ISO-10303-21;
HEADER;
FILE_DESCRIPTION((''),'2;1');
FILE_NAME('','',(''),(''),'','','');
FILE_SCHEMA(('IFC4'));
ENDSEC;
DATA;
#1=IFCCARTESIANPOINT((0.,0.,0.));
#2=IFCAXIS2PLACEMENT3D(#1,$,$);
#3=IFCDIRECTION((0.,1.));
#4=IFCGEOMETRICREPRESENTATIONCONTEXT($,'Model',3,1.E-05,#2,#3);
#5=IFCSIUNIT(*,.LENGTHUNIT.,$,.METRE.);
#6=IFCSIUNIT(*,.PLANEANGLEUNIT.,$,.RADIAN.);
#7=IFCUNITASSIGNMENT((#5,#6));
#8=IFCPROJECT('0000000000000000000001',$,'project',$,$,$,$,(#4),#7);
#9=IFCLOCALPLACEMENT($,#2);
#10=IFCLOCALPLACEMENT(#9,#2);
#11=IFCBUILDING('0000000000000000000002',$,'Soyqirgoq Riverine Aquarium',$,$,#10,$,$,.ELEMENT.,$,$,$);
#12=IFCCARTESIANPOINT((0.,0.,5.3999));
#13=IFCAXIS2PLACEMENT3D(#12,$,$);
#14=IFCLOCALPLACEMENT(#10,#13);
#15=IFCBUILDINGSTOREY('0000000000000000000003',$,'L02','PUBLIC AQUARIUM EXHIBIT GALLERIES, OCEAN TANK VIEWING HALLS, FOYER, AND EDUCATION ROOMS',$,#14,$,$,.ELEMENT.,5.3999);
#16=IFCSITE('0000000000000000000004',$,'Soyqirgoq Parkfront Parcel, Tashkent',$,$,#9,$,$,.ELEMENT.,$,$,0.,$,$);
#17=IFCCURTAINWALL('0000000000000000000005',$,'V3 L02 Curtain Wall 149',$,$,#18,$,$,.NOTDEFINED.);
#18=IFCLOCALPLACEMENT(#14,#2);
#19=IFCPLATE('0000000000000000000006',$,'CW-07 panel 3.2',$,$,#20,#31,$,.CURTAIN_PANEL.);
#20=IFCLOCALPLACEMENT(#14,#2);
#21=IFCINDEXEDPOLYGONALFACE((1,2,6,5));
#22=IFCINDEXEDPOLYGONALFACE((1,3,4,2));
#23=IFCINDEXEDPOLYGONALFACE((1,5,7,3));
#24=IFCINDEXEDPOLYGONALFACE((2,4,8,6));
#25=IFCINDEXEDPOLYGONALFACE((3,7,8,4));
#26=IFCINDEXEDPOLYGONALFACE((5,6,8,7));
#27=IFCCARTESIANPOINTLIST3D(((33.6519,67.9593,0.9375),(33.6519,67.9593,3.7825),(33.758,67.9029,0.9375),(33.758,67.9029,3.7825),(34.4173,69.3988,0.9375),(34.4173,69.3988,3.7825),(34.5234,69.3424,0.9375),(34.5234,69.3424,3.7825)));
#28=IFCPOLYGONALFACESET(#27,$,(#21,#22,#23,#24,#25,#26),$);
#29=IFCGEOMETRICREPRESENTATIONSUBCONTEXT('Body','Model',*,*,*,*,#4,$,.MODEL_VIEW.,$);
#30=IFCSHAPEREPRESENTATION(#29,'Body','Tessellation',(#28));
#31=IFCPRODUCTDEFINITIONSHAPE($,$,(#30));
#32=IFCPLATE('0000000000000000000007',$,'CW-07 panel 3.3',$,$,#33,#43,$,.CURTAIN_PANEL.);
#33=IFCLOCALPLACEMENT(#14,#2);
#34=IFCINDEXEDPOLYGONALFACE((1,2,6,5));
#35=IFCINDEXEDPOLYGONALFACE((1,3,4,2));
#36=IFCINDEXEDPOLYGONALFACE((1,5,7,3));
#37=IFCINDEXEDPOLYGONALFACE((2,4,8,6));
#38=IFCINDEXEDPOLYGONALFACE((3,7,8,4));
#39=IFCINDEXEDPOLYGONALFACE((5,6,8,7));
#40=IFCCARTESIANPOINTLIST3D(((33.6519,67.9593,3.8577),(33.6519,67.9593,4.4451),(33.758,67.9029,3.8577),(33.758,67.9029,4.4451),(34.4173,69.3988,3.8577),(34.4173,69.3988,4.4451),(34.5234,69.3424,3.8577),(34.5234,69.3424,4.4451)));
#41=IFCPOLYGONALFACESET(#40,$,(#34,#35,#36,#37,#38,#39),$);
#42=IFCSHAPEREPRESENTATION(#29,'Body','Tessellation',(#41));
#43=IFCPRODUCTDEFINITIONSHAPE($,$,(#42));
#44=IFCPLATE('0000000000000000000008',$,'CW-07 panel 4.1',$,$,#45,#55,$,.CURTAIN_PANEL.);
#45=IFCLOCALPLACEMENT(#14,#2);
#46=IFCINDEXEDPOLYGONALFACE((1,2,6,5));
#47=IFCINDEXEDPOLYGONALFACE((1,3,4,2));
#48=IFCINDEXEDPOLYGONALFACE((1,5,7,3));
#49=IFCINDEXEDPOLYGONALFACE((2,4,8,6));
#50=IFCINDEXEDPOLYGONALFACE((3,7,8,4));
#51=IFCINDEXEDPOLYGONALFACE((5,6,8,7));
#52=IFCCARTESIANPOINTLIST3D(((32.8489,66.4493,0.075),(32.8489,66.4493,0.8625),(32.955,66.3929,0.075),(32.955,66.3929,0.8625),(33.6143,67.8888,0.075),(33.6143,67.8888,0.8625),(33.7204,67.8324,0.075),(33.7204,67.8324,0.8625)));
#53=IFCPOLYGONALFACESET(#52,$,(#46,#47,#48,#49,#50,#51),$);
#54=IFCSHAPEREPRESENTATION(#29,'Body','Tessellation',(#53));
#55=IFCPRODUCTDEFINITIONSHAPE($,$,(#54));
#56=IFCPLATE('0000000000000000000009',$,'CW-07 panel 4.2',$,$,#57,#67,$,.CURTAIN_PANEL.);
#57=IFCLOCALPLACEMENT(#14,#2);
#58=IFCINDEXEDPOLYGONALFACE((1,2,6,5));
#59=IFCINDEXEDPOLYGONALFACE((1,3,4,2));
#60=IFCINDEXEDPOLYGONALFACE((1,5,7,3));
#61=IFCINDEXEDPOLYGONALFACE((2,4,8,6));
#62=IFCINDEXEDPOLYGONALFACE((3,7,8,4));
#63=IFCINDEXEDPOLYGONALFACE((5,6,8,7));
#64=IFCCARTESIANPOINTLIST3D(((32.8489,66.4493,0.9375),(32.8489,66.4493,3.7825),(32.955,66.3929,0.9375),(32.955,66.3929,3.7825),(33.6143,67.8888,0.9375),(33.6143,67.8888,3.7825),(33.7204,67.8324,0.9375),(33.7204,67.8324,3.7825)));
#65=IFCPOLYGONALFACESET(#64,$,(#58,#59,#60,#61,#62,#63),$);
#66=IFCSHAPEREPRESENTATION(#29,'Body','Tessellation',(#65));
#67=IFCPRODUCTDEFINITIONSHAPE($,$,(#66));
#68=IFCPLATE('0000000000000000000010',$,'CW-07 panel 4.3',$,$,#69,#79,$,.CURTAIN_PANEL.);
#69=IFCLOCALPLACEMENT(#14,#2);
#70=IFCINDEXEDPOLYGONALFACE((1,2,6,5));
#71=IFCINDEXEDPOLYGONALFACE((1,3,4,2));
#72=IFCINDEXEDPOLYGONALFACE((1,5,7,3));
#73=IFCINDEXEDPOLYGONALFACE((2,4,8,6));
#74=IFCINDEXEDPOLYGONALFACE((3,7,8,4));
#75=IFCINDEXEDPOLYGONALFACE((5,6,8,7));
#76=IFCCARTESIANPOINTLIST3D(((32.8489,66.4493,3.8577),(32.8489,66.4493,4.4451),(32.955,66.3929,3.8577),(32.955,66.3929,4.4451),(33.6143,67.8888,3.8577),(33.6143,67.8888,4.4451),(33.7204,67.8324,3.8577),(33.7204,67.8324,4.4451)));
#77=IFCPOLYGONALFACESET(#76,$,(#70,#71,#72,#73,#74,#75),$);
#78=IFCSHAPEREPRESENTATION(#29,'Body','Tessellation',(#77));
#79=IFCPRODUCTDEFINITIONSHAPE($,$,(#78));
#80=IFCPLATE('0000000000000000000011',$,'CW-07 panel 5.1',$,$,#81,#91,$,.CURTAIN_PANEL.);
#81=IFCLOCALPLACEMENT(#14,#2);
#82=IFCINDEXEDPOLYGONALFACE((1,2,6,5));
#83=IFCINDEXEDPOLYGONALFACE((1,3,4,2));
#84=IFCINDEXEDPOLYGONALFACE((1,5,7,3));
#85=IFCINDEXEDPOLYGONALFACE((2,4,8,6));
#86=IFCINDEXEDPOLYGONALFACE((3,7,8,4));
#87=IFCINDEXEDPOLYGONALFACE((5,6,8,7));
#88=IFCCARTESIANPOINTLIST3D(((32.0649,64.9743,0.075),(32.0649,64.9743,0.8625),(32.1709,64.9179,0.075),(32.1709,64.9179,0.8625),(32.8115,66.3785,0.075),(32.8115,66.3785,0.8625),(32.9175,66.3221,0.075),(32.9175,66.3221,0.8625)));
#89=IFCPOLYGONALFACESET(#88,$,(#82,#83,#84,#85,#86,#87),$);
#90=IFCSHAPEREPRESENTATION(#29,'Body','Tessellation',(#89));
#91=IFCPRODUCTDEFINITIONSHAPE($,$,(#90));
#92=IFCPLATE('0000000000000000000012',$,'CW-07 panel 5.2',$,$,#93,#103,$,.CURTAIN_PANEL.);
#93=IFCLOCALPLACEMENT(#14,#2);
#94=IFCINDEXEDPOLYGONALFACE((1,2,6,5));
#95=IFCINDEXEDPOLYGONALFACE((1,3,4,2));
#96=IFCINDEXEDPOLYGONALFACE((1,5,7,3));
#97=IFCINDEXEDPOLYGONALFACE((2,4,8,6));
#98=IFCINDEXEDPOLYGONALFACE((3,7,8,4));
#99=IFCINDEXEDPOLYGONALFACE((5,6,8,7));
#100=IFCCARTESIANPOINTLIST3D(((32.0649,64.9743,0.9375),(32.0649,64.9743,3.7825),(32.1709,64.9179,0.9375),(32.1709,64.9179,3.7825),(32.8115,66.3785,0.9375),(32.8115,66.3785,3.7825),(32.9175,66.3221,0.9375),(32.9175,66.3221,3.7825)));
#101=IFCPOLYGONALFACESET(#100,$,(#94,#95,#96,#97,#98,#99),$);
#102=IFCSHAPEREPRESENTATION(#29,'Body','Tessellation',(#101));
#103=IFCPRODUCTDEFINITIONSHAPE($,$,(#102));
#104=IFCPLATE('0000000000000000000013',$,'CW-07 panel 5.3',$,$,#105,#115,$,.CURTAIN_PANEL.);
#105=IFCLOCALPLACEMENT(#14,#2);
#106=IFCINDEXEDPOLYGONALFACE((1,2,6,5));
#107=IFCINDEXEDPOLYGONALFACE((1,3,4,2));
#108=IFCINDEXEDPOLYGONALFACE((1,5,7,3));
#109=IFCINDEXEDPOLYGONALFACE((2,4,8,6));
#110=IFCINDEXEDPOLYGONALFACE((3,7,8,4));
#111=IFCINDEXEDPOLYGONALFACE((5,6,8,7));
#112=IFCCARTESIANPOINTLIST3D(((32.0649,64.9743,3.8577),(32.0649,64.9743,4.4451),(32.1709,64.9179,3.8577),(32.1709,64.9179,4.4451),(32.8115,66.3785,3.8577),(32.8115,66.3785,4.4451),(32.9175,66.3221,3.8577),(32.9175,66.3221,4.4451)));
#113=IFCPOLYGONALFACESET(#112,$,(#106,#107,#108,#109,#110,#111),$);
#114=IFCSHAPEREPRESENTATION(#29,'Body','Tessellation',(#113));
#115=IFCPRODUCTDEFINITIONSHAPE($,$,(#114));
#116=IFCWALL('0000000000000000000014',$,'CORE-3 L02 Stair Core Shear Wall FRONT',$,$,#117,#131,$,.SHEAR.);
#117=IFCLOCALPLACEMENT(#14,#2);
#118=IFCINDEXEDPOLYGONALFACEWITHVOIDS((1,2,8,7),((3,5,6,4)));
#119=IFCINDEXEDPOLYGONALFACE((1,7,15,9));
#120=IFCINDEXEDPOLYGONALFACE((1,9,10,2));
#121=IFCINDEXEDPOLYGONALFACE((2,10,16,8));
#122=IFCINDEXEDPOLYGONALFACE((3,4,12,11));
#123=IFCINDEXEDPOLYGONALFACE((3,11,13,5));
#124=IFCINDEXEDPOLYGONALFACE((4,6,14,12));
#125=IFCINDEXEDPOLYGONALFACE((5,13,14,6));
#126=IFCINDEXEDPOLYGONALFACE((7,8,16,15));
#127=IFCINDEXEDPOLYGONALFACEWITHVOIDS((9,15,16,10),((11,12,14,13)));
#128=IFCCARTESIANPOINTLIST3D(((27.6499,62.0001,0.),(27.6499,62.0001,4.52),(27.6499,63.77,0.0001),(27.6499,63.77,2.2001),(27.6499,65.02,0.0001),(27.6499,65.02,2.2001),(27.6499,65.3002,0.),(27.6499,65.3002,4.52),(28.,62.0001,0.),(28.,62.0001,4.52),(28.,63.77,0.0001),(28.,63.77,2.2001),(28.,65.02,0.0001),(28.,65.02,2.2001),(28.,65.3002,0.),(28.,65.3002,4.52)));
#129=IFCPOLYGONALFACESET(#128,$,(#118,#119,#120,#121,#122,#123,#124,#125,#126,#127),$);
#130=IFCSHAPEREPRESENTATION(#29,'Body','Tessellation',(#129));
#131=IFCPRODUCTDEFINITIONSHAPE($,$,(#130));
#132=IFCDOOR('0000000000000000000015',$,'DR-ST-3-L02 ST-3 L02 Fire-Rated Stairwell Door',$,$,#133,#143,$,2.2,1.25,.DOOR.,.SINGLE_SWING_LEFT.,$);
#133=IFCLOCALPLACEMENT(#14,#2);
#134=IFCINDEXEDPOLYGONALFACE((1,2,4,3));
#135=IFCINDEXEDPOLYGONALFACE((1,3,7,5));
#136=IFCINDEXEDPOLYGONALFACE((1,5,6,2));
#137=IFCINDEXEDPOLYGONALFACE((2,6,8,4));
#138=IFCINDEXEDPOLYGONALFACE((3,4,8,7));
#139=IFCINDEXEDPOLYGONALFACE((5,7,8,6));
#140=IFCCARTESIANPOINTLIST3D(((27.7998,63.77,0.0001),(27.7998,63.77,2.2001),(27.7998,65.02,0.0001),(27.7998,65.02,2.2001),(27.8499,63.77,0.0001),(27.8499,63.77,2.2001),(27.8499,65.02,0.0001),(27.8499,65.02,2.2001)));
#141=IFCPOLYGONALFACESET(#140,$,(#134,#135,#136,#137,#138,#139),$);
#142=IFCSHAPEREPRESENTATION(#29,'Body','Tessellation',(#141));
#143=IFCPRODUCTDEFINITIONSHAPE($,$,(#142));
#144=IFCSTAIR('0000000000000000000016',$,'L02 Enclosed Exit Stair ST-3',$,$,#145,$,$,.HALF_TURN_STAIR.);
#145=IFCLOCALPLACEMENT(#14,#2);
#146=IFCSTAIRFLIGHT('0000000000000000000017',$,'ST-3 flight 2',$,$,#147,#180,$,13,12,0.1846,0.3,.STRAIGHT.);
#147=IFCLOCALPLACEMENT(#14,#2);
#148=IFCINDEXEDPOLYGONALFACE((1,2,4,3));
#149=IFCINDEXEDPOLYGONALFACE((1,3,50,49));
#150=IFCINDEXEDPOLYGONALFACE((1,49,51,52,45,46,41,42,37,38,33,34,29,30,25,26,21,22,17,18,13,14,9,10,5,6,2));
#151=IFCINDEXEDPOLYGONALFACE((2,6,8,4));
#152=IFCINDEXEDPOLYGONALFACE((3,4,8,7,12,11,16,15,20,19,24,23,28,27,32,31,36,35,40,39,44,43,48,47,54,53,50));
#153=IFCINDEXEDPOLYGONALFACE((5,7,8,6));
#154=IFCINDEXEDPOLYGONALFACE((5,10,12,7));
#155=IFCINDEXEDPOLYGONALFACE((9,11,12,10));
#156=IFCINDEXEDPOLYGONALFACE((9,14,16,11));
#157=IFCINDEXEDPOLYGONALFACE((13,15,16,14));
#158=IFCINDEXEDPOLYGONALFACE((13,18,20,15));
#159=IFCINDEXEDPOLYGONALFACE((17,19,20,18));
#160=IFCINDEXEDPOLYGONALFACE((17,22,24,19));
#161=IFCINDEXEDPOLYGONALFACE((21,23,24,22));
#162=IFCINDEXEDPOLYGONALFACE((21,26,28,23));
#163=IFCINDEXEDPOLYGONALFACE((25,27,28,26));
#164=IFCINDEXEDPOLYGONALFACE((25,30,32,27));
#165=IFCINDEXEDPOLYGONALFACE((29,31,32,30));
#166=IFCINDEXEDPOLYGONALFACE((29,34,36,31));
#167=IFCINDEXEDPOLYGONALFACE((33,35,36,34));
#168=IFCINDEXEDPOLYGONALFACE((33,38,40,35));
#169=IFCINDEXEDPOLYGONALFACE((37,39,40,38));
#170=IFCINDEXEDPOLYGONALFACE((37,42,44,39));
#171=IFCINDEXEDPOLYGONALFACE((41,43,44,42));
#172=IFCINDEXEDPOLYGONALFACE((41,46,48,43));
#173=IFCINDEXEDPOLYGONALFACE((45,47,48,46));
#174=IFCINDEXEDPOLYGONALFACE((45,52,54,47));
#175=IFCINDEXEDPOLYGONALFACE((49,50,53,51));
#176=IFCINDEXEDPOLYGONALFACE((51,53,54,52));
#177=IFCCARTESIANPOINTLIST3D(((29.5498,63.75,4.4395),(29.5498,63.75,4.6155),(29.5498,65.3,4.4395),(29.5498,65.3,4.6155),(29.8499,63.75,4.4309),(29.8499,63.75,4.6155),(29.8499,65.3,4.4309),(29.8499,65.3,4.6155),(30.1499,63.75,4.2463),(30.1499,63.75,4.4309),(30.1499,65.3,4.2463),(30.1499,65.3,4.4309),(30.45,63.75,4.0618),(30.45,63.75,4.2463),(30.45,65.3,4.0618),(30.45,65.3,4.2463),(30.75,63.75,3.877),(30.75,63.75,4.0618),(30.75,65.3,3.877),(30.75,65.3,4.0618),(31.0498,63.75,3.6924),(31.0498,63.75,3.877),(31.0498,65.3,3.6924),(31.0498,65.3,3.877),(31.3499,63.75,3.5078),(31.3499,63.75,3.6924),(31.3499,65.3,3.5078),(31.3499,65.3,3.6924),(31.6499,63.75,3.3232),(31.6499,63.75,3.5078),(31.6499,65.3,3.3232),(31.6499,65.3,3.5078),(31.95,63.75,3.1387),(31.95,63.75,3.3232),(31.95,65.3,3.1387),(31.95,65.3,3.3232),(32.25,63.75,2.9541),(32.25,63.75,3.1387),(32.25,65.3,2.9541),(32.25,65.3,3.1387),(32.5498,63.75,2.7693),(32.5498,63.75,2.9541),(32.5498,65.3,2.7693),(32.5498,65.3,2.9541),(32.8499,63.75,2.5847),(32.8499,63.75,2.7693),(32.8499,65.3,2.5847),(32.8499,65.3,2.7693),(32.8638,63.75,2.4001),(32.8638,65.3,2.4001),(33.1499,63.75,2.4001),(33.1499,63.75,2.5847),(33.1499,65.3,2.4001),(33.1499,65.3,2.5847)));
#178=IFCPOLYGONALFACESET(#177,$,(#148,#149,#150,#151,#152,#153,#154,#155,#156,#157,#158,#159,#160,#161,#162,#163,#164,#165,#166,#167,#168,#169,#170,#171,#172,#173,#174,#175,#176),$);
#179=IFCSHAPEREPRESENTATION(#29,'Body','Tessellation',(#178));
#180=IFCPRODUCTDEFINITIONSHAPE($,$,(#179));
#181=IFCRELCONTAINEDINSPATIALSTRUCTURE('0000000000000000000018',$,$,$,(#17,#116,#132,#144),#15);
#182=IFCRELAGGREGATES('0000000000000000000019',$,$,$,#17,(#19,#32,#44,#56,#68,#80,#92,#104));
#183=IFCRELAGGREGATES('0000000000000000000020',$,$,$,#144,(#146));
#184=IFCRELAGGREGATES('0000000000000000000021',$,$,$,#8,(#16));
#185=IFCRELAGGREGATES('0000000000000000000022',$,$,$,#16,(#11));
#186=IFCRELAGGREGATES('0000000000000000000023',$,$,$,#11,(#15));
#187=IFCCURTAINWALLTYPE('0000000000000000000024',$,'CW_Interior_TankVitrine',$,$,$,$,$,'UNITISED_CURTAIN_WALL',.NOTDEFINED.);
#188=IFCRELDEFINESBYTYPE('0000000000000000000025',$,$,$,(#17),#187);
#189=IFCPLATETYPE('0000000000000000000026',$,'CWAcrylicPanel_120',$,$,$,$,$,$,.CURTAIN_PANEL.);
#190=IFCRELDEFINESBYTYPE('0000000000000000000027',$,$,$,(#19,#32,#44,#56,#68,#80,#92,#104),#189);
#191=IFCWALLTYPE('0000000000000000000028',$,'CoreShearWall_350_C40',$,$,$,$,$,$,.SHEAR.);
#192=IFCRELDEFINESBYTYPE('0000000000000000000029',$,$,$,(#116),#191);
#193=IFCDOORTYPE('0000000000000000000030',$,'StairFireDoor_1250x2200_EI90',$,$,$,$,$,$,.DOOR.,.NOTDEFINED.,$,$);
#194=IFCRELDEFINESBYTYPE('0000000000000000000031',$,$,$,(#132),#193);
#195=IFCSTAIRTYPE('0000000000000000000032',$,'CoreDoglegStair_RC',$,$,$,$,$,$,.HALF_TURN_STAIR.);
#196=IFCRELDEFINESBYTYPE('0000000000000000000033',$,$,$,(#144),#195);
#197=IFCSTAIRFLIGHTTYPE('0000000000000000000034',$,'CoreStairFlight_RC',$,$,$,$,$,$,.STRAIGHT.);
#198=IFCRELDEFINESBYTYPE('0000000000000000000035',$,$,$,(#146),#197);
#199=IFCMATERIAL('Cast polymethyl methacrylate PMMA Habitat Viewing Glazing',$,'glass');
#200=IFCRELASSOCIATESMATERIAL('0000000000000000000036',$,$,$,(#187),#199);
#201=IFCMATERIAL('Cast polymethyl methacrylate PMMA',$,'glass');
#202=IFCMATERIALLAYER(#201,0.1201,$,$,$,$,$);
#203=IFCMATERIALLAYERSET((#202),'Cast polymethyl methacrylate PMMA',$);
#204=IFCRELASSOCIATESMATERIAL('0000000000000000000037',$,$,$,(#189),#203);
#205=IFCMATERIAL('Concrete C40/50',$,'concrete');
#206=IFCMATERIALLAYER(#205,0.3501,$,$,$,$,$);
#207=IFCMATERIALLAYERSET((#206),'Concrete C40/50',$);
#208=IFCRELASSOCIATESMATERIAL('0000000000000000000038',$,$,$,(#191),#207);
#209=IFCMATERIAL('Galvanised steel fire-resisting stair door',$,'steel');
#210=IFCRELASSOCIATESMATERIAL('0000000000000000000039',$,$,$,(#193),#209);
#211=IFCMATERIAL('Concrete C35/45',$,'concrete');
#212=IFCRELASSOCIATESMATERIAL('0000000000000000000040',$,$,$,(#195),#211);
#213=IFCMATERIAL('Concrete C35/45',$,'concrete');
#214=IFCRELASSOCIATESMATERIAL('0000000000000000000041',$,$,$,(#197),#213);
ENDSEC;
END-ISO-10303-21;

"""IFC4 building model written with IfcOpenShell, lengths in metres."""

from ifc_helpers import new_model, si_unit, direction, frame, frame_2d, origin, origin_2d, place, context, subcontext, project, spatial, polyline, rectangle, outline, extrude, material, layer, layer_set, type_object, element, fill, aggregate, save


model = new_model("IFC4")

# Units and contexts
model_context = context("Model", 3, precision=1e-05, world=origin(), true_north=direction((0.0, 1.0)))
body_context = subcontext(model_context, "Body", "Model", "MODEL_VIEW")
ifc_project = project(units=[si_unit("LENGTHUNIT", "METRE"), si_unit("PLANEANGLEUNIT", "RADIAN")], contexts=[model_context])

# Site, building, storey
site_placement = place(None, origin())
site = spatial("IfcSite", under=ifc_project, at=site_placement, Name="Soyqirgoq Parkfront Parcel, Tashkent", CompositionType="ELEMENT", RefElevation=0.0)
building_placement = place(site_placement, origin())
building = spatial("IfcBuilding", under=site, at=building_placement, Name="Soyqirgoq Riverine Aquarium", CompositionType="ELEMENT")
storey_placement = place(building_placement, frame((0.0, 0.0, 5.3999)))
storey = spatial("IfcBuildingStorey", under=building, at=storey_placement, Name="L02", Description="PUBLIC AQUARIUM EXHIBIT GALLERIES, OCEAN TANK VIEWING HALLS, FOYER, AND EDUCATION ROOMS", CompositionType="ELEMENT", Elevation=5.3999)

# Curtain wall, plates
ifc_material_1 = material(Name="Cast polymethyl methacrylate PMMA Habitat Viewing Glazing", Category="glass")
curtain_wall_type = type_object("IfcCurtainWallType", Name="CW_Interior_TankVitrine", ElementType="UNITISED_CURTAIN_WALL", PredefinedType="NOTDEFINED", material=ifc_material_1)
curtain_wall_placement = place(storey_placement, origin())
curtain_wall = element("IfcCurtainWall", 1, at=curtain_wall_placement, inside=storey, type_object=curtain_wall_type, Name="V3 L02 Curtain Wall 149", PredefinedType="NOTDEFINED")
ifc_material_2 = material(Name="Cast polymethyl methacrylate PMMA", Category="glass")
ifc_layer_1 = layer(ifc_material_2, 0.1201)
ifc_layer_set_1 = layer_set([ifc_layer_1], Name="Cast polymethyl methacrylate PMMA")
plate_type = type_object("IfcPlateType", Name="CWAcrylicPanel_120", PredefinedType="CURTAIN_PANEL", material=ifc_layer_set_1)
plate_1_placement = place(storey_placement, frame((34.0876, 68.6509, 0.9375), z_axis=(0.0, 0.0, 1.0), x_axis=(-0.469473, -0.882947, 0.0)))
plate_1 = element("IfcPlate", 2, at=plate_1_placement, type_object=plate_type, Name="CW-07 panel 3.2", PredefinedType="CURTAIN_PANEL", context=body_context, shape_type="SweptSolid", body=[
    extrude(rectangle(XDim=1.6304, YDim=0.1201, at=origin_2d()), origin(), (0.0, 0.0, 1.0), 2.845),
])
plate_2_placement = place(storey_placement, frame((34.0876, 68.6509, 3.8577), z_axis=(0.0, 0.0, 1.0), x_axis=(-0.469473, -0.882947, 0.0)))
plate_2 = element("IfcPlate", 3, at=plate_2_placement, type_object=plate_type, Name="CW-07 panel 3.3", PredefinedType="CURTAIN_PANEL", context=body_context, shape_type="SweptSolid", body=[
    extrude(rectangle(XDim=1.6304, YDim=0.1201, at=origin_2d()), origin(), (0.0, 0.0, 1.0), 0.5874),
])
plate_3_placement = place(storey_placement, frame((33.2847, 67.1409, 0.075), z_axis=(0.0, 0.0, 1.0), x_axis=(-0.469473, -0.882947, 0.0)))
plate_3 = element("IfcPlate", 4, at=plate_3_placement, type_object=plate_type, Name="CW-07 panel 4.1", PredefinedType="CURTAIN_PANEL", context=body_context, shape_type="SweptSolid", body=[
    extrude(rectangle(XDim=1.6304, YDim=0.1201, at=origin_2d()), origin(), (0.0, 0.0, 1.0), 0.7876),
])
plate_4_placement = place(storey_placement, frame((33.2847, 67.1409, 0.9375), z_axis=(0.0, 0.0, 1.0), x_axis=(-0.469473, -0.882947, 0.0)))
plate_4 = element("IfcPlate", 5, at=plate_4_placement, type_object=plate_type, Name="CW-07 panel 4.2", PredefinedType="CURTAIN_PANEL", context=body_context, shape_type="SweptSolid", body=[
    extrude(rectangle(XDim=1.6304, YDim=0.1201, at=origin_2d()), origin(), (0.0, 0.0, 1.0), 2.845),
])
plate_5_placement = place(storey_placement, frame((33.2847, 67.1409, 3.8577), z_axis=(0.0, 0.0, 1.0), x_axis=(-0.469473, -0.882947, 0.0)))
plate_5 = element("IfcPlate", 6, at=plate_5_placement, type_object=plate_type, Name="CW-07 panel 4.3", PredefinedType="CURTAIN_PANEL", context=body_context, shape_type="SweptSolid", body=[
    extrude(rectangle(XDim=1.6304, YDim=0.1201, at=origin_2d()), origin(), (0.0, 0.0, 1.0), 0.5874),
])
plate_6_placement = place(storey_placement, frame((32.4912, 65.6482, 0.075), z_axis=(0.0, 0.0, 1.0), x_axis=(-0.469473, -0.882947, 0.0)))
plate_6 = element("IfcPlate", 7, at=plate_6_placement, type_object=plate_type, Name="CW-07 panel 5.1", PredefinedType="CURTAIN_PANEL", context=body_context, shape_type="SweptSolid", body=[
    extrude(rectangle(XDim=1.5903, YDim=0.1201, at=origin_2d()), origin(), (0.0, 0.0, 1.0), 0.7876),
])
plate_7_placement = place(storey_placement, frame((32.4912, 65.6482, 0.9375), z_axis=(0.0, 0.0, 1.0), x_axis=(-0.469473, -0.882947, 0.0)))
plate_7 = element("IfcPlate", 8, at=plate_7_placement, type_object=plate_type, Name="CW-07 panel 5.2", PredefinedType="CURTAIN_PANEL", context=body_context, shape_type="SweptSolid", body=[
    extrude(rectangle(XDim=1.5903, YDim=0.1201, at=origin_2d()), origin(), (0.0, 0.0, 1.0), 2.845),
])
plate_8_placement = place(storey_placement, frame((32.4912, 65.6482, 3.8577), z_axis=(0.0, 0.0, 1.0), x_axis=(-0.469473, -0.882947, 0.0)))
plate_8 = element("IfcPlate", 9, at=plate_8_placement, type_object=plate_type, Name="CW-07 panel 5.3", PredefinedType="CURTAIN_PANEL", context=body_context, shape_type="SweptSolid", body=[
    extrude(rectangle(XDim=1.5903, YDim=0.1201, at=origin_2d()), origin(), (0.0, 0.0, 1.0), 0.5874),
])
aggregate(curtain_wall, [plate_1, plate_2, plate_3, plate_4, plate_5, plate_6, plate_7, plate_8])

# Wall, opening, door
ifc_material_3 = material(Name="Concrete C40/50", Category="concrete")
ifc_layer_2 = layer(ifc_material_3, 0.3501)
ifc_layer_set_2 = layer_set([ifc_layer_2], Name="Concrete C40/50")
wall_type = type_object("IfcWallType", Name="CoreShearWall_350_C40", PredefinedType="SHEAR", material=ifc_layer_set_2)
wall_placement = place(storey_placement, frame((27.825, 65.3, 0.0), z_axis=(0.0, 0.0, 1.0), x_axis=(0.0, -1.0, 0.0)))
wall = element("IfcWall", 10, at=wall_placement, inside=storey, type_object=wall_type, Name="CORE-3 L02 Stair Core Shear Wall FRONT", PredefinedType="SHEAR", context=body_context, shape_type="SweptSolid", body=[
    extrude(rectangle(XDim=3.3, YDim=0.3501, at=frame_2d((1.6499, 0.0))), origin(), (0.0, 0.0, 1.0), 4.52),
])
opening_placement = place(wall_placement, frame((0.28, 0.0, 0.0)))
opening = element("IfcOpeningElement", 11, at=opening_placement, cuts=wall, PredefinedType="OPENING", context=body_context, shape_type="SweptSolid", body=[
    extrude(rectangle(XDim=1.25, YDim=2.2, at=frame_2d((0.625, 1.1001))), frame((0.0, 0.1851, 0.0), z_axis=(0.0, -1.0, 0.0), x_axis=(1.0, 0.0, 0.0)), (0.0, 0.0, 1.0), 0.3701),
])
ifc_material_4 = material(Name="Galvanised steel fire-resisting stair door", Category="steel")
door_type = type_object("IfcDoorType", Name="StairFireDoor_1250x2200_EI90", OperationType="NOTDEFINED", PredefinedType="DOOR", material=ifc_material_4)
door_placement = place(opening_placement, origin())
door = element("IfcDoor", 12, at=door_placement, inside=storey, type_object=door_type, Name="DR-ST-3-L02 ST-3 L02 Fire-Rated Stairwell Door", OperationType="SINGLE_SWING_LEFT", OverallHeight=2.2, OverallWidth=1.25, PredefinedType="DOOR", context=body_context, shape_type="SweptSolid", body=[
    extrude(rectangle(XDim=1.25, YDim=2.2, at=frame_2d((0.625, 1.1001))), frame((0.0, 0.0249, 0.0), z_axis=(0.0, -1.0, 0.0), x_axis=(1.0, 0.0, 0.0)), (0.0, 0.0, 1.0), 0.05),
])
fill(opening, door)

# Stair, stair flight
ifc_material_5 = material(Name="Concrete C35/45", Category="concrete")
stair_type = type_object("IfcStairType", Name="CoreDoglegStair_RC", PredefinedType="HALF_TURN_STAIR", material=ifc_material_5)
stair_placement = place(storey_placement, origin())
stair = element("IfcStair", 13, at=stair_placement, inside=storey, type_object=stair_type, Name="L02 Enclosed Exit Stair ST-3", PredefinedType="HALF_TURN_STAIR")
ifc_material_6 = material(Name="Concrete C35/45", Category="concrete")
stair_flight_type = type_object("IfcStairFlightType", Name="CoreStairFlight_RC", PredefinedType="STRAIGHT", material=ifc_material_6)
stair_flight_placement = place(storey_placement, frame((33.1499, 64.5249, 2.4001), z_axis=(0.0, 0.0, 1.0), x_axis=(-1.0, 0.0, 0.0)))
stair_flight = element("IfcStairFlight", 14, at=stair_flight_placement, type_object=stair_flight_type, Name="ST-3 flight 2", NumberOfRisers=13, NumberOfTreads=12, PredefinedType="STRAIGHT", RiserHeight=0.1846, TreadLength=0.3, context=body_context, shape_type="SweptSolid", body=[
    extrude(outline(polyline([(0.0, 0.0), (0.0, 0.1846), (0.3, 0.1846), (0.3, 0.3691), (0.6001, 0.3691), (0.6001, 0.554), (0.8999, 0.554), (0.8999, 0.7385), (1.2, 0.7385), (1.2, 0.9231), (1.5, 0.9231), (1.5, 1.1077), (1.8, 1.1077), (1.8, 1.2922), (2.1001, 1.2922), (2.1001, 1.4768), (2.3999, 1.4768), (2.3999, 1.6616), (2.7, 1.6616), (2.7, 1.8462), (3.0, 1.8462), (3.0, 2.0308), (3.3, 2.0308), (3.3, 2.2153), (3.6001, 2.2153), (3.6001, 2.3999), (3.6001, 2.0393), (0.2861, 0.0), (0.0, 0.0)])), frame((0.0, 0.7749, 0.0), z_axis=(0.0, -1.0, 0.0), x_axis=(1.0, 0.0, 0.0)), (0.0, 0.0, 1.0), 1.55),
])
aggregate(stair, [stair_flight])

save(model, "model.ifc")
